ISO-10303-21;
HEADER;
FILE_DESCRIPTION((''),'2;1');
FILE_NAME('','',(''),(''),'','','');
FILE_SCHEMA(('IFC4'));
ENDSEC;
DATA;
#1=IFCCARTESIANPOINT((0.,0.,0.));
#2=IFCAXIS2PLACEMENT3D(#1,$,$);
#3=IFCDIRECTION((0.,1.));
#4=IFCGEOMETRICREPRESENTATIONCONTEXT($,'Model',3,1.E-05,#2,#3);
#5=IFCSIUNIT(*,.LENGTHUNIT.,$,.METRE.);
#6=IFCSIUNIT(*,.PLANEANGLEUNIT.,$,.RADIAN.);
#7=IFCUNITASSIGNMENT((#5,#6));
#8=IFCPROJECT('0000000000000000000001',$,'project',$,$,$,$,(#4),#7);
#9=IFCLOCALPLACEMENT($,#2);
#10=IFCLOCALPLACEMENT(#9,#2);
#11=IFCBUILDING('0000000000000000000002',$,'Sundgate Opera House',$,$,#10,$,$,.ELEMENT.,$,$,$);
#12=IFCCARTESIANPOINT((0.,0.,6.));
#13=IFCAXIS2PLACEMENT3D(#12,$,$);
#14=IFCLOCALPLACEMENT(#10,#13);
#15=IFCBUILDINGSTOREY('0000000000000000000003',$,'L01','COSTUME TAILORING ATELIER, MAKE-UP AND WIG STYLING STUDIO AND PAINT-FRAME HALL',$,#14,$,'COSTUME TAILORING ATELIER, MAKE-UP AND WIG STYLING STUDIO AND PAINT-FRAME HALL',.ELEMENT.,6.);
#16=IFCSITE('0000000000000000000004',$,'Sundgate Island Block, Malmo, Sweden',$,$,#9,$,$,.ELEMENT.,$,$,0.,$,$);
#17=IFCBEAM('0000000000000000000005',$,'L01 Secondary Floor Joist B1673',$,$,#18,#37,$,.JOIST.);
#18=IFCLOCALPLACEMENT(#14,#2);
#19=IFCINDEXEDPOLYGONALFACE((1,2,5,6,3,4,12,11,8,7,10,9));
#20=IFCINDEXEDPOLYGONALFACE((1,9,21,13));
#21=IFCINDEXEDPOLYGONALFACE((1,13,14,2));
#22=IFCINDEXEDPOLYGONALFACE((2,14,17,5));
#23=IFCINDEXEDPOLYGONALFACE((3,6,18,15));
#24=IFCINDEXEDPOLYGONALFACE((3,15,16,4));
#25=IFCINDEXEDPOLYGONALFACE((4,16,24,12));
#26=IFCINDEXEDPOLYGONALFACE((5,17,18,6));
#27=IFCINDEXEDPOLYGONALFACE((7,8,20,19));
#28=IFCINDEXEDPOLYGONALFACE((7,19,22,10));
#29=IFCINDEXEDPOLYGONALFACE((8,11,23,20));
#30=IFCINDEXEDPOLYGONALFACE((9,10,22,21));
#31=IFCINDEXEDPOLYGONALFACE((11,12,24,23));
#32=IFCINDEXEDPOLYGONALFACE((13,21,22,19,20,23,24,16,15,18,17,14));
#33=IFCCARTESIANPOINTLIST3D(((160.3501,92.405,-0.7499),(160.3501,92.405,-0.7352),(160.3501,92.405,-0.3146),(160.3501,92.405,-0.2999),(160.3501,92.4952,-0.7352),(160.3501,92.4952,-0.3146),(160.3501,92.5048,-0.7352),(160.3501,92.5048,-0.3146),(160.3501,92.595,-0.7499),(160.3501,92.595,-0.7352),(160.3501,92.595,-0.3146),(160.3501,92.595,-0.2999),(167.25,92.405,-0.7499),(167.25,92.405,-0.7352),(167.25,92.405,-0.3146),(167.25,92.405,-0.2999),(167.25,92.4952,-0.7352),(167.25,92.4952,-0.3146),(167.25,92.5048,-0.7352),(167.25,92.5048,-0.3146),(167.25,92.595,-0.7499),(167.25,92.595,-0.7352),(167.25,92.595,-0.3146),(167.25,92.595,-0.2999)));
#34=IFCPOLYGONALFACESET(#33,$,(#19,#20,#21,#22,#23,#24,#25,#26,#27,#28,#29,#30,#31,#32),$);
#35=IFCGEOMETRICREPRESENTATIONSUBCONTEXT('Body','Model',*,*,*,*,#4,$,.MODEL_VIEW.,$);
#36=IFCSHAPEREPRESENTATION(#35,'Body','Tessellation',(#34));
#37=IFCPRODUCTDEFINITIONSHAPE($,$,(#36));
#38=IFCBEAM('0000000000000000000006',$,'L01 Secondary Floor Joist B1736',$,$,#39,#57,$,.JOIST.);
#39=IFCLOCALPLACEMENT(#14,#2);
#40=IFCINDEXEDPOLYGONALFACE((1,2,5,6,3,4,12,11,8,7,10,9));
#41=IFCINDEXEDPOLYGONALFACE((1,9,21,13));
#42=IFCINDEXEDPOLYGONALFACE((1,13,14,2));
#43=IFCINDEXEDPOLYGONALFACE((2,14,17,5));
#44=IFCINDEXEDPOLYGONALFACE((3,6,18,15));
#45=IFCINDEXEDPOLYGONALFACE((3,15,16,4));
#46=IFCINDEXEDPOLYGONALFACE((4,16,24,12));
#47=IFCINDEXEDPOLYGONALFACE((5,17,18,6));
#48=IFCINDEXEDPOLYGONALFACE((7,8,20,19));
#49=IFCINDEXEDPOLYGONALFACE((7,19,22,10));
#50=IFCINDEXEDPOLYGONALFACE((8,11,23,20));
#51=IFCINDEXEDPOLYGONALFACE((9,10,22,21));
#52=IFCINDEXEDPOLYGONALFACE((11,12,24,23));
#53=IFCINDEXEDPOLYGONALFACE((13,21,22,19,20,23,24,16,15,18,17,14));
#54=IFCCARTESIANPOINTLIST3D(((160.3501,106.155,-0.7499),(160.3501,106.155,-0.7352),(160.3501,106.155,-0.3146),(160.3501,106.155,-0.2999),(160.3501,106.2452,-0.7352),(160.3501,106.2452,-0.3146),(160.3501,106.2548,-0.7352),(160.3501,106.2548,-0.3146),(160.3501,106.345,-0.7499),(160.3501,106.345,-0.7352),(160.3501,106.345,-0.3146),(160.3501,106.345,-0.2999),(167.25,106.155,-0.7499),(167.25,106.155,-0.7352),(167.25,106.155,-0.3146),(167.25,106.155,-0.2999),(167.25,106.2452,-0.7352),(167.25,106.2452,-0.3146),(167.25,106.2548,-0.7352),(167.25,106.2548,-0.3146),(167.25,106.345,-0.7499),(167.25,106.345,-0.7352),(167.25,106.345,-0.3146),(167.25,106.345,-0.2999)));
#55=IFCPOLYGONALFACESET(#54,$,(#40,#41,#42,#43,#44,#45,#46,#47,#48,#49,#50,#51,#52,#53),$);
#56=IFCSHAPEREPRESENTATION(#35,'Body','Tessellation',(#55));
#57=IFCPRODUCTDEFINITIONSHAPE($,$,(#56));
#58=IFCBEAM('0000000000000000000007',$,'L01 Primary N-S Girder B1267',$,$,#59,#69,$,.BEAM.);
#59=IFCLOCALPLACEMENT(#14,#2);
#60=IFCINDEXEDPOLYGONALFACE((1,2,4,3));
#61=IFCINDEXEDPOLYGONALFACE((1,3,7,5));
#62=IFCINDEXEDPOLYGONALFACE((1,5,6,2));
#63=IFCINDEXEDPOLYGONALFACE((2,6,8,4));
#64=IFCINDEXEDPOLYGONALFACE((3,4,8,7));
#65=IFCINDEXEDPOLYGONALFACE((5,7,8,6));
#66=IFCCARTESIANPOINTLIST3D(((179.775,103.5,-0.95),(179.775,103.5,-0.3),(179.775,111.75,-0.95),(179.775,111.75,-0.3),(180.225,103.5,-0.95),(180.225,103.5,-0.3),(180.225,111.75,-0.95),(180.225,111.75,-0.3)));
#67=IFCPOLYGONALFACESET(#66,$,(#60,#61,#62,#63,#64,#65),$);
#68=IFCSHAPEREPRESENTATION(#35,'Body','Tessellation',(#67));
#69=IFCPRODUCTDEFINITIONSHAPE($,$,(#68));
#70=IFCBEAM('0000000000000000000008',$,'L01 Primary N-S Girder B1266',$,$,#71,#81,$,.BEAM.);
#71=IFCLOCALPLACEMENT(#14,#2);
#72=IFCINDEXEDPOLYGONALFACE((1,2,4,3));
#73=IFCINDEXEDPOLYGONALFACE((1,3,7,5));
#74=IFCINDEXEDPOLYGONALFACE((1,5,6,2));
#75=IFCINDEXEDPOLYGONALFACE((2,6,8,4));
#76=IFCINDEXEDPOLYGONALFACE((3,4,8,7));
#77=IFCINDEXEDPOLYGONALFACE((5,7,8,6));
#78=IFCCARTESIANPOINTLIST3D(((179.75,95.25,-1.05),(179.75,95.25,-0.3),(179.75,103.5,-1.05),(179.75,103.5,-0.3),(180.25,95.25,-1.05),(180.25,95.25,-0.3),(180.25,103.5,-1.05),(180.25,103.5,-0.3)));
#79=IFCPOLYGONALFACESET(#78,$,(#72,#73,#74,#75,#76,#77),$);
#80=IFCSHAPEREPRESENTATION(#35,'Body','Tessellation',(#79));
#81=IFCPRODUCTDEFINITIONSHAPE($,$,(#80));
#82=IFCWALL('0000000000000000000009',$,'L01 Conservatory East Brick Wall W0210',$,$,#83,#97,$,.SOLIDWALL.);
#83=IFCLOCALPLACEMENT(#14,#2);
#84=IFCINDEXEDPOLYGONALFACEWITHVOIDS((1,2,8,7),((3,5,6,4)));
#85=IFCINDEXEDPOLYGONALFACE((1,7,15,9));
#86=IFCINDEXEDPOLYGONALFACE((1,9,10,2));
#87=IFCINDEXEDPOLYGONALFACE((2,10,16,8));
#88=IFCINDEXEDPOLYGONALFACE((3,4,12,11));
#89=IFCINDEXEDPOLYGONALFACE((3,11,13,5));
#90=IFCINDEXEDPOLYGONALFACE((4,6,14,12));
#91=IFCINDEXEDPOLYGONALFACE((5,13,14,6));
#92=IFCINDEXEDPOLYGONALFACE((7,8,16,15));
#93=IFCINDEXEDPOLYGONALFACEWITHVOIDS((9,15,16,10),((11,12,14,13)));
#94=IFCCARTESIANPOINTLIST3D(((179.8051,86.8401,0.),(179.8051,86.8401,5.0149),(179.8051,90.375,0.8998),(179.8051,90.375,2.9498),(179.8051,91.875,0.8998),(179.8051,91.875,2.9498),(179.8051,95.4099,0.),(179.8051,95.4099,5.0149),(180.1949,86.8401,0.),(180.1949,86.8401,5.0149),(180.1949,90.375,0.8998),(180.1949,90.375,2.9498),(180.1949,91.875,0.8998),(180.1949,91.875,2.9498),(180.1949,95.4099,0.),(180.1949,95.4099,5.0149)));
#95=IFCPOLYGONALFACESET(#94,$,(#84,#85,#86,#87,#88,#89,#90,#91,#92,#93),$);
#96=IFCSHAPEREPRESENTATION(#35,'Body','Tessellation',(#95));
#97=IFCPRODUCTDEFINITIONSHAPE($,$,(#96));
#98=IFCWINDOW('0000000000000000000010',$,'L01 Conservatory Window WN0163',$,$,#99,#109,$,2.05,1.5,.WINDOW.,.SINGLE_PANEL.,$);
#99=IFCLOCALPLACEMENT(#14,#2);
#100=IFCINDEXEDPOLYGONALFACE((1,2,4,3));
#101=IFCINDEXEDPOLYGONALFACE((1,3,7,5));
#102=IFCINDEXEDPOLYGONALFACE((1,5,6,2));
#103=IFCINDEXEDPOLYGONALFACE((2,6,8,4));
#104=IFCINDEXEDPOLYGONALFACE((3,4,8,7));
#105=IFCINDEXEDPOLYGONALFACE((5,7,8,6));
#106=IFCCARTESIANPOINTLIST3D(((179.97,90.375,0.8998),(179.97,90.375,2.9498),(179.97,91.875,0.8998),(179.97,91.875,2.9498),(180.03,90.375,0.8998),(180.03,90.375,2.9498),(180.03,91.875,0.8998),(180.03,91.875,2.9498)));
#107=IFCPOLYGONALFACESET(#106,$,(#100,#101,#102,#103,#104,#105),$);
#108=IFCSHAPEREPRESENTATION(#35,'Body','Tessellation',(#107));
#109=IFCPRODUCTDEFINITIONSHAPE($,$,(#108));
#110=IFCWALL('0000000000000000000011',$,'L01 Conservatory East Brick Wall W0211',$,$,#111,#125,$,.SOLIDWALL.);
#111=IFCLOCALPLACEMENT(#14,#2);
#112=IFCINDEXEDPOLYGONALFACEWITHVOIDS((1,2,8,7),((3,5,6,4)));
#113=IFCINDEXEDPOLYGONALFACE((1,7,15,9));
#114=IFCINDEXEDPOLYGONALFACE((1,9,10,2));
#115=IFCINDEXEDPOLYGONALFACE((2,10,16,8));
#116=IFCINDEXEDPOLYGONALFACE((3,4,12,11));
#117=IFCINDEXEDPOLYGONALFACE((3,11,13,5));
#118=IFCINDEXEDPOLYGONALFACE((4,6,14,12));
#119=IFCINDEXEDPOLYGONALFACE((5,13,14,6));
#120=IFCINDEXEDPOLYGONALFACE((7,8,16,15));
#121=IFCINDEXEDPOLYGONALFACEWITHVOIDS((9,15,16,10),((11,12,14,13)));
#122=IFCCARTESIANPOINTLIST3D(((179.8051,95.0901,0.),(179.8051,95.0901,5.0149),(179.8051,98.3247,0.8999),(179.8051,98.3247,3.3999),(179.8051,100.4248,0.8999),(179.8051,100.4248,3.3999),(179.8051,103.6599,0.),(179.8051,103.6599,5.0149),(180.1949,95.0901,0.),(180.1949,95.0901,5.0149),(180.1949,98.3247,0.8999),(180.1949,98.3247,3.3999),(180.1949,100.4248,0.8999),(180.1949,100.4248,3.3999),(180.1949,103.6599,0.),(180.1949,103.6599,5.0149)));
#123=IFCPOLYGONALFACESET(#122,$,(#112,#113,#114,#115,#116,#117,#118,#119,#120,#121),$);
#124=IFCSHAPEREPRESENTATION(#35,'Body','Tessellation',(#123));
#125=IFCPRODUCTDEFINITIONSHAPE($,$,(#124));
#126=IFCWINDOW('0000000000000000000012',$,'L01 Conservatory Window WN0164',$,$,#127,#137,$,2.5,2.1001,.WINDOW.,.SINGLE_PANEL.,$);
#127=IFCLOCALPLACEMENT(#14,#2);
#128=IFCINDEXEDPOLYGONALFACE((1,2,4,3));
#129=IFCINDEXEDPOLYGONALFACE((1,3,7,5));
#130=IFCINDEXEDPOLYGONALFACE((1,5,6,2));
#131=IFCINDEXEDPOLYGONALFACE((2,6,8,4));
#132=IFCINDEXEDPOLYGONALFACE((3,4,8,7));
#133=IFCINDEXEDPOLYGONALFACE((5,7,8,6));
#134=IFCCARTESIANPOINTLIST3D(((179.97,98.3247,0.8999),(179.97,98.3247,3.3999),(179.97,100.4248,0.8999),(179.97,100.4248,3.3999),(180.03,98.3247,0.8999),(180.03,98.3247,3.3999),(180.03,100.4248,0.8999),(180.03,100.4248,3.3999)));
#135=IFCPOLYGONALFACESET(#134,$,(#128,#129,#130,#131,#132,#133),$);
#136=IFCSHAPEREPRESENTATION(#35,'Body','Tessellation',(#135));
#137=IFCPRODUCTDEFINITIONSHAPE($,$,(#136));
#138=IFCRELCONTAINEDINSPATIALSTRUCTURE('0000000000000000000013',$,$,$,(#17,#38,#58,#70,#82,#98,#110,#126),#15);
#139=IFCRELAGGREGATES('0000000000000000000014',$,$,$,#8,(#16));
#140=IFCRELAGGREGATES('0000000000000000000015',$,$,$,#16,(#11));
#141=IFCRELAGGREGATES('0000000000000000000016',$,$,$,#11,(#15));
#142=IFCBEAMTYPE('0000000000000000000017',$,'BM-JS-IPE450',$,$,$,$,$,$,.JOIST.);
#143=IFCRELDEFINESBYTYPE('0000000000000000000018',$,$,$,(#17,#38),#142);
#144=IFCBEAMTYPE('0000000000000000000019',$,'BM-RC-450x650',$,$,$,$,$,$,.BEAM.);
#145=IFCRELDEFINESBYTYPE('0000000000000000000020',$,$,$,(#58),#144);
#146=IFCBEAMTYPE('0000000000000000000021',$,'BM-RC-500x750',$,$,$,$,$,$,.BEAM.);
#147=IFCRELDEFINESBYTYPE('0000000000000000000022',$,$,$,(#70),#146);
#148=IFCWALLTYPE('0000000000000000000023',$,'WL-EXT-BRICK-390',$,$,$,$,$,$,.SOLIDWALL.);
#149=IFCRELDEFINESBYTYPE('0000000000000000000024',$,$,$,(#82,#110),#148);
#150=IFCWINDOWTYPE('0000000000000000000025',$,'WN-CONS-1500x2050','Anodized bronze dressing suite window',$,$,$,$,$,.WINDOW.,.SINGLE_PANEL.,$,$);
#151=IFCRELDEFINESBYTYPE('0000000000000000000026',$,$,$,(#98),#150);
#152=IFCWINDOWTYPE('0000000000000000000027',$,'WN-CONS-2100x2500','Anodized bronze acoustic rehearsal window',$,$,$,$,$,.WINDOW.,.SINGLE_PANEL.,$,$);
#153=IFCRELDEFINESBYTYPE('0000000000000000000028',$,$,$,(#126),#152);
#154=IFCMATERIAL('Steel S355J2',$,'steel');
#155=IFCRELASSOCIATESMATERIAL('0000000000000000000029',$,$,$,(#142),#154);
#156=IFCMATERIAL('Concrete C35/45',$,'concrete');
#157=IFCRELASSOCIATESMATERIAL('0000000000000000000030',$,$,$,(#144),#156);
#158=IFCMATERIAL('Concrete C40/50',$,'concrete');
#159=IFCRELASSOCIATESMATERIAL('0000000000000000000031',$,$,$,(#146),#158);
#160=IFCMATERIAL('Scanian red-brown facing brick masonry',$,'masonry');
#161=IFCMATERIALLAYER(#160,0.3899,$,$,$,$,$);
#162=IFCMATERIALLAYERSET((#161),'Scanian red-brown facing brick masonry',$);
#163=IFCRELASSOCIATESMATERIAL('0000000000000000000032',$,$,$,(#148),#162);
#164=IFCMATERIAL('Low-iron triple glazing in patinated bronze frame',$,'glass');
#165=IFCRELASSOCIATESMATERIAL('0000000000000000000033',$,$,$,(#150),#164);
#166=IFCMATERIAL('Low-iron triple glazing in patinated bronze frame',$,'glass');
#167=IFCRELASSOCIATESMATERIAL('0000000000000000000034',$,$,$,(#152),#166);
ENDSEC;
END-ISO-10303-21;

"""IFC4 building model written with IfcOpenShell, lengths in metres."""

from ifc_helpers import new_model, si_unit, direction, frame, frame_2d, origin, origin_2d, place, context, subcontext, project, spatial, rectangle, i_section, extrude, material, layer, layer_set, material_profile, profile_set, type_object, element, fill, save


model = new_model("IFC4")

# Units and contexts
model_context = context("Model", 3, precision=1e-05, world=origin(), true_north=direction((0.0, 1.0)))
body_context = subcontext(model_context, "Body", "Model", "MODEL_VIEW")
ifc_project = project(units=[si_unit("LENGTHUNIT", "METRE"), si_unit("PLANEANGLEUNIT", "RADIAN")], contexts=[model_context])

# Site, building, storey
site_placement = place(None, origin())
site = spatial("IfcSite", under=ifc_project, at=site_placement, Name="Sundgate Island Block, Malmo, Sweden", CompositionType="ELEMENT", RefElevation=0.0)
building_placement = place(site_placement, origin())
building = spatial("IfcBuilding", under=site, at=building_placement, Name="Sundgate Opera House", CompositionType="ELEMENT")
storey_placement = place(building_placement, frame((0.0, 0.0, 6.0)))
storey = spatial("IfcBuildingStorey", under=building, at=storey_placement, Name="L01", Description="COSTUME TAILORING ATELIER, MAKE-UP AND WIG STYLING STUDIO AND PAINT-FRAME HALL", LongName="COSTUME TAILORING ATELIER, MAKE-UP AND WIG STYLING STUDIO AND PAINT-FRAME HALL", CompositionType="ELEMENT", Elevation=6.0)

# Beams
ifc_material_1 = material(Name="Steel S355J2", Category="steel")
ifc_material_profile_1 = material_profile(ifc_material_1, i_section(OverallWidth=0.1899, OverallDepth=0.45, WebThickness=0.0095, FlangeThickness=0.0146, at=origin_2d()), Name="IPE 450")
ifc_profile_set_1 = profile_set([ifc_material_profile_1], Name="Steel S355J2")
beam_type_1 = type_object("IfcBeamType", Name="BM-JS-IPE450", PredefinedType="JOIST", material=ifc_profile_set_1)
for number, where, z_axis, x_axis, name in (
    (1, (160.3501, 92.5, -0.5249), (1.0, 0.0, 0.0), (0.0, 1.0, 0.0), "L01 Secondary Floor Joist B1673"),
    (2, (160.3501, 106.25, -0.5249), (1.0, 0.0, 0.0), (0.0, 1.0, 0.0), "L01 Secondary Floor Joist B1736"),
):
    element("IfcBeam", number, at=place(storey_placement, frame(where, z_axis=z_axis, x_axis=x_axis)), inside=storey, type_object=beam_type_1, Name=name, PredefinedType="JOIST", context=body_context, shape_type="SweptSolid", body=[
        extrude(i_section(OverallWidth=0.1899, OverallDepth=0.45, WebThickness=0.0095, FlangeThickness=0.0146, at=origin_2d()), origin(), (0.0, 0.0, 1.0), 6.8999),
    ])
ifc_material_2 = material(Name="Concrete C35/45", Category="concrete")
ifc_material_profile_2 = material_profile(ifc_material_2, rectangle(XDim=0.45, YDim=0.6499, at=origin_2d()), Name="RC 450x650")
ifc_profile_set_2 = profile_set([ifc_material_profile_2], Name="Concrete C35/45")
beam_type_2 = type_object("IfcBeamType", Name="BM-RC-450x650", PredefinedType="BEAM", material=ifc_profile_set_2)
beam_1_placement = place(storey_placement, frame((180.0, 103.5, -0.625), z_axis=(0.0, 1.0, 0.0), x_axis=(-1.0, 0.0, 0.0)))
element("IfcBeam", 3, at=beam_1_placement, inside=storey, type_object=beam_type_2, Name="L01 Primary N-S Girder B1267", PredefinedType="BEAM", context=body_context, shape_type="SweptSolid", body=[
    extrude(rectangle(XDim=0.45, YDim=0.6499, at=origin_2d()), origin(), (0.0, 0.0, 1.0), 8.25),
])
ifc_material_3 = material(Name="Concrete C40/50", Category="concrete")
ifc_material_profile_3 = material_profile(ifc_material_3, rectangle(XDim=0.5, YDim=0.75, at=origin_2d()), Name="RC 500x750")
ifc_profile_set_3 = profile_set([ifc_material_profile_3], Name="Concrete C40/50")
beam_type_3 = type_object("IfcBeamType", Name="BM-RC-500x750", PredefinedType="BEAM", material=ifc_profile_set_3)
beam_2_placement = place(storey_placement, frame((180.0, 95.25, -0.675), z_axis=(0.0, 1.0, 0.0), x_axis=(-1.0, 0.0, 0.0)))
element("IfcBeam", 4, at=beam_2_placement, inside=storey, type_object=beam_type_3, Name="L01 Primary N-S Girder B1266", PredefinedType="BEAM", context=body_context, shape_type="SweptSolid", body=[
    extrude(rectangle(XDim=0.5, YDim=0.75, at=origin_2d()), origin(), (0.0, 0.0, 1.0), 8.25),
])

# Walls, openings, windows
ifc_material_4 = material(Name="Scanian red-brown facing brick masonry", Category="masonry")
ifc_layer = layer(ifc_material_4, 0.3899)
ifc_layer_set = layer_set([ifc_layer], Name="Scanian red-brown facing brick masonry")
wall_type = type_object("IfcWallType", Name="WL-EXT-BRICK-390", PredefinedType="SOLIDWALL", material=ifc_layer_set)
wall_1_placement = place(storey_placement, frame((180.0, 95.4099, 0.0), z_axis=(0.0, 0.0, 1.0), x_axis=(0.0, -1.0, 0.0)))
wall_1 = element("IfcWall", 5, at=wall_1_placement, inside=storey, type_object=wall_type, Name="L01 Conservatory East Brick Wall W0210", PredefinedType="SOLIDWALL", context=body_context, shape_type="SweptSolid", body=[
    extrude(rectangle(XDim=8.5698, YDim=0.3899, at=frame_2d((4.2849, 0.0))), origin(), (0.0, 0.0, 1.0), 5.0149),
])
opening_1_placement = place(wall_1_placement, frame((3.5349, 0.0, 0.8999)))
opening_1 = element("IfcOpeningElement", 6, at=opening_1_placement, cuts=wall_1, PredefinedType="OPENING", context=body_context, shape_type="SweptSolid", body=[
    extrude(rectangle(XDim=1.5, YDim=2.05, at=frame_2d((0.75, 1.0249))), frame((0.0, 0.2048, 0.0), z_axis=(0.0, -1.0, 0.0), x_axis=(1.0, 0.0, 0.0)), (0.0, 0.0, 1.0), 0.4099),
])
ifc_material_5 = material(Name="Low-iron triple glazing in patinated bronze frame", Category="glass")
window_type_1 = type_object("IfcWindowType", Name="WN-CONS-1500x2050", Description="Anodized bronze dressing suite window", PartitioningType="SINGLE_PANEL", PredefinedType="WINDOW", material=ifc_material_5)
window_1_placement = place(opening_1_placement, origin())
window_1 = element("IfcWindow", 7, at=window_1_placement, inside=storey, type_object=window_type_1, Name="L01 Conservatory Window WN0163", OverallHeight=2.05, OverallWidth=1.5, PartitioningType="SINGLE_PANEL", PredefinedType="WINDOW", context=body_context, shape_type="SweptSolid", body=[
    extrude(rectangle(XDim=1.5, YDim=2.05, at=frame_2d((0.75, 1.0249))), frame((0.0, 0.03, 0.0), z_axis=(0.0, -1.0, 0.0), x_axis=(1.0, 0.0, 0.0)), (0.0, 0.0, 1.0), 0.0601),
])
fill(opening_1, window_1)
wall_2_placement = place(storey_placement, frame((180.0, 103.6599, 0.0), z_axis=(0.0, 0.0, 1.0), x_axis=(0.0, -1.0, 0.0)))
wall_2 = element("IfcWall", 8, at=wall_2_placement, inside=storey, type_object=wall_type, Name="L01 Conservatory East Brick Wall W0211", PredefinedType="SOLIDWALL", context=body_context, shape_type="SweptSolid", body=[
    extrude(rectangle(XDim=8.5698, YDim=0.3899, at=frame_2d((4.2849, 0.0))), origin(), (0.0, 0.0, 1.0), 5.0149),
])
opening_2_placement = place(wall_2_placement, frame((3.2351, 0.0, 0.8999)))
opening_2 = element("IfcOpeningElement", 9, at=opening_2_placement, cuts=wall_2, PredefinedType="OPENING", context=body_context, shape_type="SweptSolid", body=[
    extrude(rectangle(XDim=2.1001, YDim=2.5, at=frame_2d((1.05, 1.25))), frame((0.0, 0.2048, 0.0), z_axis=(0.0, -1.0, 0.0), x_axis=(1.0, 0.0, 0.0)), (0.0, 0.0, 1.0), 0.4099),
])
ifc_material_6 = material(Name="Low-iron triple glazing in patinated bronze frame", Category="glass")
window_type_2 = type_object("IfcWindowType", Name="WN-CONS-2100x2500", Description="Anodized bronze acoustic rehearsal window", PartitioningType="SINGLE_PANEL", PredefinedType="WINDOW", material=ifc_material_6)
window_2_placement = place(opening_2_placement, origin())
window_2 = element("IfcWindow", 10, at=window_2_placement, inside=storey, type_object=window_type_2, Name="L01 Conservatory Window WN0164", OverallHeight=2.5, OverallWidth=2.1001, PartitioningType="SINGLE_PANEL", PredefinedType="WINDOW", context=body_context, shape_type="SweptSolid", body=[
    extrude(rectangle(XDim=2.1001, YDim=2.5, at=frame_2d((1.05, 1.25))), frame((0.0, 0.03, 0.0), z_axis=(0.0, -1.0, 0.0), x_axis=(1.0, 0.0, 0.0)), (0.0, 0.0, 1.0), 0.0601),
])
fill(opening_2, window_2)

save(model, "model.ifc")
